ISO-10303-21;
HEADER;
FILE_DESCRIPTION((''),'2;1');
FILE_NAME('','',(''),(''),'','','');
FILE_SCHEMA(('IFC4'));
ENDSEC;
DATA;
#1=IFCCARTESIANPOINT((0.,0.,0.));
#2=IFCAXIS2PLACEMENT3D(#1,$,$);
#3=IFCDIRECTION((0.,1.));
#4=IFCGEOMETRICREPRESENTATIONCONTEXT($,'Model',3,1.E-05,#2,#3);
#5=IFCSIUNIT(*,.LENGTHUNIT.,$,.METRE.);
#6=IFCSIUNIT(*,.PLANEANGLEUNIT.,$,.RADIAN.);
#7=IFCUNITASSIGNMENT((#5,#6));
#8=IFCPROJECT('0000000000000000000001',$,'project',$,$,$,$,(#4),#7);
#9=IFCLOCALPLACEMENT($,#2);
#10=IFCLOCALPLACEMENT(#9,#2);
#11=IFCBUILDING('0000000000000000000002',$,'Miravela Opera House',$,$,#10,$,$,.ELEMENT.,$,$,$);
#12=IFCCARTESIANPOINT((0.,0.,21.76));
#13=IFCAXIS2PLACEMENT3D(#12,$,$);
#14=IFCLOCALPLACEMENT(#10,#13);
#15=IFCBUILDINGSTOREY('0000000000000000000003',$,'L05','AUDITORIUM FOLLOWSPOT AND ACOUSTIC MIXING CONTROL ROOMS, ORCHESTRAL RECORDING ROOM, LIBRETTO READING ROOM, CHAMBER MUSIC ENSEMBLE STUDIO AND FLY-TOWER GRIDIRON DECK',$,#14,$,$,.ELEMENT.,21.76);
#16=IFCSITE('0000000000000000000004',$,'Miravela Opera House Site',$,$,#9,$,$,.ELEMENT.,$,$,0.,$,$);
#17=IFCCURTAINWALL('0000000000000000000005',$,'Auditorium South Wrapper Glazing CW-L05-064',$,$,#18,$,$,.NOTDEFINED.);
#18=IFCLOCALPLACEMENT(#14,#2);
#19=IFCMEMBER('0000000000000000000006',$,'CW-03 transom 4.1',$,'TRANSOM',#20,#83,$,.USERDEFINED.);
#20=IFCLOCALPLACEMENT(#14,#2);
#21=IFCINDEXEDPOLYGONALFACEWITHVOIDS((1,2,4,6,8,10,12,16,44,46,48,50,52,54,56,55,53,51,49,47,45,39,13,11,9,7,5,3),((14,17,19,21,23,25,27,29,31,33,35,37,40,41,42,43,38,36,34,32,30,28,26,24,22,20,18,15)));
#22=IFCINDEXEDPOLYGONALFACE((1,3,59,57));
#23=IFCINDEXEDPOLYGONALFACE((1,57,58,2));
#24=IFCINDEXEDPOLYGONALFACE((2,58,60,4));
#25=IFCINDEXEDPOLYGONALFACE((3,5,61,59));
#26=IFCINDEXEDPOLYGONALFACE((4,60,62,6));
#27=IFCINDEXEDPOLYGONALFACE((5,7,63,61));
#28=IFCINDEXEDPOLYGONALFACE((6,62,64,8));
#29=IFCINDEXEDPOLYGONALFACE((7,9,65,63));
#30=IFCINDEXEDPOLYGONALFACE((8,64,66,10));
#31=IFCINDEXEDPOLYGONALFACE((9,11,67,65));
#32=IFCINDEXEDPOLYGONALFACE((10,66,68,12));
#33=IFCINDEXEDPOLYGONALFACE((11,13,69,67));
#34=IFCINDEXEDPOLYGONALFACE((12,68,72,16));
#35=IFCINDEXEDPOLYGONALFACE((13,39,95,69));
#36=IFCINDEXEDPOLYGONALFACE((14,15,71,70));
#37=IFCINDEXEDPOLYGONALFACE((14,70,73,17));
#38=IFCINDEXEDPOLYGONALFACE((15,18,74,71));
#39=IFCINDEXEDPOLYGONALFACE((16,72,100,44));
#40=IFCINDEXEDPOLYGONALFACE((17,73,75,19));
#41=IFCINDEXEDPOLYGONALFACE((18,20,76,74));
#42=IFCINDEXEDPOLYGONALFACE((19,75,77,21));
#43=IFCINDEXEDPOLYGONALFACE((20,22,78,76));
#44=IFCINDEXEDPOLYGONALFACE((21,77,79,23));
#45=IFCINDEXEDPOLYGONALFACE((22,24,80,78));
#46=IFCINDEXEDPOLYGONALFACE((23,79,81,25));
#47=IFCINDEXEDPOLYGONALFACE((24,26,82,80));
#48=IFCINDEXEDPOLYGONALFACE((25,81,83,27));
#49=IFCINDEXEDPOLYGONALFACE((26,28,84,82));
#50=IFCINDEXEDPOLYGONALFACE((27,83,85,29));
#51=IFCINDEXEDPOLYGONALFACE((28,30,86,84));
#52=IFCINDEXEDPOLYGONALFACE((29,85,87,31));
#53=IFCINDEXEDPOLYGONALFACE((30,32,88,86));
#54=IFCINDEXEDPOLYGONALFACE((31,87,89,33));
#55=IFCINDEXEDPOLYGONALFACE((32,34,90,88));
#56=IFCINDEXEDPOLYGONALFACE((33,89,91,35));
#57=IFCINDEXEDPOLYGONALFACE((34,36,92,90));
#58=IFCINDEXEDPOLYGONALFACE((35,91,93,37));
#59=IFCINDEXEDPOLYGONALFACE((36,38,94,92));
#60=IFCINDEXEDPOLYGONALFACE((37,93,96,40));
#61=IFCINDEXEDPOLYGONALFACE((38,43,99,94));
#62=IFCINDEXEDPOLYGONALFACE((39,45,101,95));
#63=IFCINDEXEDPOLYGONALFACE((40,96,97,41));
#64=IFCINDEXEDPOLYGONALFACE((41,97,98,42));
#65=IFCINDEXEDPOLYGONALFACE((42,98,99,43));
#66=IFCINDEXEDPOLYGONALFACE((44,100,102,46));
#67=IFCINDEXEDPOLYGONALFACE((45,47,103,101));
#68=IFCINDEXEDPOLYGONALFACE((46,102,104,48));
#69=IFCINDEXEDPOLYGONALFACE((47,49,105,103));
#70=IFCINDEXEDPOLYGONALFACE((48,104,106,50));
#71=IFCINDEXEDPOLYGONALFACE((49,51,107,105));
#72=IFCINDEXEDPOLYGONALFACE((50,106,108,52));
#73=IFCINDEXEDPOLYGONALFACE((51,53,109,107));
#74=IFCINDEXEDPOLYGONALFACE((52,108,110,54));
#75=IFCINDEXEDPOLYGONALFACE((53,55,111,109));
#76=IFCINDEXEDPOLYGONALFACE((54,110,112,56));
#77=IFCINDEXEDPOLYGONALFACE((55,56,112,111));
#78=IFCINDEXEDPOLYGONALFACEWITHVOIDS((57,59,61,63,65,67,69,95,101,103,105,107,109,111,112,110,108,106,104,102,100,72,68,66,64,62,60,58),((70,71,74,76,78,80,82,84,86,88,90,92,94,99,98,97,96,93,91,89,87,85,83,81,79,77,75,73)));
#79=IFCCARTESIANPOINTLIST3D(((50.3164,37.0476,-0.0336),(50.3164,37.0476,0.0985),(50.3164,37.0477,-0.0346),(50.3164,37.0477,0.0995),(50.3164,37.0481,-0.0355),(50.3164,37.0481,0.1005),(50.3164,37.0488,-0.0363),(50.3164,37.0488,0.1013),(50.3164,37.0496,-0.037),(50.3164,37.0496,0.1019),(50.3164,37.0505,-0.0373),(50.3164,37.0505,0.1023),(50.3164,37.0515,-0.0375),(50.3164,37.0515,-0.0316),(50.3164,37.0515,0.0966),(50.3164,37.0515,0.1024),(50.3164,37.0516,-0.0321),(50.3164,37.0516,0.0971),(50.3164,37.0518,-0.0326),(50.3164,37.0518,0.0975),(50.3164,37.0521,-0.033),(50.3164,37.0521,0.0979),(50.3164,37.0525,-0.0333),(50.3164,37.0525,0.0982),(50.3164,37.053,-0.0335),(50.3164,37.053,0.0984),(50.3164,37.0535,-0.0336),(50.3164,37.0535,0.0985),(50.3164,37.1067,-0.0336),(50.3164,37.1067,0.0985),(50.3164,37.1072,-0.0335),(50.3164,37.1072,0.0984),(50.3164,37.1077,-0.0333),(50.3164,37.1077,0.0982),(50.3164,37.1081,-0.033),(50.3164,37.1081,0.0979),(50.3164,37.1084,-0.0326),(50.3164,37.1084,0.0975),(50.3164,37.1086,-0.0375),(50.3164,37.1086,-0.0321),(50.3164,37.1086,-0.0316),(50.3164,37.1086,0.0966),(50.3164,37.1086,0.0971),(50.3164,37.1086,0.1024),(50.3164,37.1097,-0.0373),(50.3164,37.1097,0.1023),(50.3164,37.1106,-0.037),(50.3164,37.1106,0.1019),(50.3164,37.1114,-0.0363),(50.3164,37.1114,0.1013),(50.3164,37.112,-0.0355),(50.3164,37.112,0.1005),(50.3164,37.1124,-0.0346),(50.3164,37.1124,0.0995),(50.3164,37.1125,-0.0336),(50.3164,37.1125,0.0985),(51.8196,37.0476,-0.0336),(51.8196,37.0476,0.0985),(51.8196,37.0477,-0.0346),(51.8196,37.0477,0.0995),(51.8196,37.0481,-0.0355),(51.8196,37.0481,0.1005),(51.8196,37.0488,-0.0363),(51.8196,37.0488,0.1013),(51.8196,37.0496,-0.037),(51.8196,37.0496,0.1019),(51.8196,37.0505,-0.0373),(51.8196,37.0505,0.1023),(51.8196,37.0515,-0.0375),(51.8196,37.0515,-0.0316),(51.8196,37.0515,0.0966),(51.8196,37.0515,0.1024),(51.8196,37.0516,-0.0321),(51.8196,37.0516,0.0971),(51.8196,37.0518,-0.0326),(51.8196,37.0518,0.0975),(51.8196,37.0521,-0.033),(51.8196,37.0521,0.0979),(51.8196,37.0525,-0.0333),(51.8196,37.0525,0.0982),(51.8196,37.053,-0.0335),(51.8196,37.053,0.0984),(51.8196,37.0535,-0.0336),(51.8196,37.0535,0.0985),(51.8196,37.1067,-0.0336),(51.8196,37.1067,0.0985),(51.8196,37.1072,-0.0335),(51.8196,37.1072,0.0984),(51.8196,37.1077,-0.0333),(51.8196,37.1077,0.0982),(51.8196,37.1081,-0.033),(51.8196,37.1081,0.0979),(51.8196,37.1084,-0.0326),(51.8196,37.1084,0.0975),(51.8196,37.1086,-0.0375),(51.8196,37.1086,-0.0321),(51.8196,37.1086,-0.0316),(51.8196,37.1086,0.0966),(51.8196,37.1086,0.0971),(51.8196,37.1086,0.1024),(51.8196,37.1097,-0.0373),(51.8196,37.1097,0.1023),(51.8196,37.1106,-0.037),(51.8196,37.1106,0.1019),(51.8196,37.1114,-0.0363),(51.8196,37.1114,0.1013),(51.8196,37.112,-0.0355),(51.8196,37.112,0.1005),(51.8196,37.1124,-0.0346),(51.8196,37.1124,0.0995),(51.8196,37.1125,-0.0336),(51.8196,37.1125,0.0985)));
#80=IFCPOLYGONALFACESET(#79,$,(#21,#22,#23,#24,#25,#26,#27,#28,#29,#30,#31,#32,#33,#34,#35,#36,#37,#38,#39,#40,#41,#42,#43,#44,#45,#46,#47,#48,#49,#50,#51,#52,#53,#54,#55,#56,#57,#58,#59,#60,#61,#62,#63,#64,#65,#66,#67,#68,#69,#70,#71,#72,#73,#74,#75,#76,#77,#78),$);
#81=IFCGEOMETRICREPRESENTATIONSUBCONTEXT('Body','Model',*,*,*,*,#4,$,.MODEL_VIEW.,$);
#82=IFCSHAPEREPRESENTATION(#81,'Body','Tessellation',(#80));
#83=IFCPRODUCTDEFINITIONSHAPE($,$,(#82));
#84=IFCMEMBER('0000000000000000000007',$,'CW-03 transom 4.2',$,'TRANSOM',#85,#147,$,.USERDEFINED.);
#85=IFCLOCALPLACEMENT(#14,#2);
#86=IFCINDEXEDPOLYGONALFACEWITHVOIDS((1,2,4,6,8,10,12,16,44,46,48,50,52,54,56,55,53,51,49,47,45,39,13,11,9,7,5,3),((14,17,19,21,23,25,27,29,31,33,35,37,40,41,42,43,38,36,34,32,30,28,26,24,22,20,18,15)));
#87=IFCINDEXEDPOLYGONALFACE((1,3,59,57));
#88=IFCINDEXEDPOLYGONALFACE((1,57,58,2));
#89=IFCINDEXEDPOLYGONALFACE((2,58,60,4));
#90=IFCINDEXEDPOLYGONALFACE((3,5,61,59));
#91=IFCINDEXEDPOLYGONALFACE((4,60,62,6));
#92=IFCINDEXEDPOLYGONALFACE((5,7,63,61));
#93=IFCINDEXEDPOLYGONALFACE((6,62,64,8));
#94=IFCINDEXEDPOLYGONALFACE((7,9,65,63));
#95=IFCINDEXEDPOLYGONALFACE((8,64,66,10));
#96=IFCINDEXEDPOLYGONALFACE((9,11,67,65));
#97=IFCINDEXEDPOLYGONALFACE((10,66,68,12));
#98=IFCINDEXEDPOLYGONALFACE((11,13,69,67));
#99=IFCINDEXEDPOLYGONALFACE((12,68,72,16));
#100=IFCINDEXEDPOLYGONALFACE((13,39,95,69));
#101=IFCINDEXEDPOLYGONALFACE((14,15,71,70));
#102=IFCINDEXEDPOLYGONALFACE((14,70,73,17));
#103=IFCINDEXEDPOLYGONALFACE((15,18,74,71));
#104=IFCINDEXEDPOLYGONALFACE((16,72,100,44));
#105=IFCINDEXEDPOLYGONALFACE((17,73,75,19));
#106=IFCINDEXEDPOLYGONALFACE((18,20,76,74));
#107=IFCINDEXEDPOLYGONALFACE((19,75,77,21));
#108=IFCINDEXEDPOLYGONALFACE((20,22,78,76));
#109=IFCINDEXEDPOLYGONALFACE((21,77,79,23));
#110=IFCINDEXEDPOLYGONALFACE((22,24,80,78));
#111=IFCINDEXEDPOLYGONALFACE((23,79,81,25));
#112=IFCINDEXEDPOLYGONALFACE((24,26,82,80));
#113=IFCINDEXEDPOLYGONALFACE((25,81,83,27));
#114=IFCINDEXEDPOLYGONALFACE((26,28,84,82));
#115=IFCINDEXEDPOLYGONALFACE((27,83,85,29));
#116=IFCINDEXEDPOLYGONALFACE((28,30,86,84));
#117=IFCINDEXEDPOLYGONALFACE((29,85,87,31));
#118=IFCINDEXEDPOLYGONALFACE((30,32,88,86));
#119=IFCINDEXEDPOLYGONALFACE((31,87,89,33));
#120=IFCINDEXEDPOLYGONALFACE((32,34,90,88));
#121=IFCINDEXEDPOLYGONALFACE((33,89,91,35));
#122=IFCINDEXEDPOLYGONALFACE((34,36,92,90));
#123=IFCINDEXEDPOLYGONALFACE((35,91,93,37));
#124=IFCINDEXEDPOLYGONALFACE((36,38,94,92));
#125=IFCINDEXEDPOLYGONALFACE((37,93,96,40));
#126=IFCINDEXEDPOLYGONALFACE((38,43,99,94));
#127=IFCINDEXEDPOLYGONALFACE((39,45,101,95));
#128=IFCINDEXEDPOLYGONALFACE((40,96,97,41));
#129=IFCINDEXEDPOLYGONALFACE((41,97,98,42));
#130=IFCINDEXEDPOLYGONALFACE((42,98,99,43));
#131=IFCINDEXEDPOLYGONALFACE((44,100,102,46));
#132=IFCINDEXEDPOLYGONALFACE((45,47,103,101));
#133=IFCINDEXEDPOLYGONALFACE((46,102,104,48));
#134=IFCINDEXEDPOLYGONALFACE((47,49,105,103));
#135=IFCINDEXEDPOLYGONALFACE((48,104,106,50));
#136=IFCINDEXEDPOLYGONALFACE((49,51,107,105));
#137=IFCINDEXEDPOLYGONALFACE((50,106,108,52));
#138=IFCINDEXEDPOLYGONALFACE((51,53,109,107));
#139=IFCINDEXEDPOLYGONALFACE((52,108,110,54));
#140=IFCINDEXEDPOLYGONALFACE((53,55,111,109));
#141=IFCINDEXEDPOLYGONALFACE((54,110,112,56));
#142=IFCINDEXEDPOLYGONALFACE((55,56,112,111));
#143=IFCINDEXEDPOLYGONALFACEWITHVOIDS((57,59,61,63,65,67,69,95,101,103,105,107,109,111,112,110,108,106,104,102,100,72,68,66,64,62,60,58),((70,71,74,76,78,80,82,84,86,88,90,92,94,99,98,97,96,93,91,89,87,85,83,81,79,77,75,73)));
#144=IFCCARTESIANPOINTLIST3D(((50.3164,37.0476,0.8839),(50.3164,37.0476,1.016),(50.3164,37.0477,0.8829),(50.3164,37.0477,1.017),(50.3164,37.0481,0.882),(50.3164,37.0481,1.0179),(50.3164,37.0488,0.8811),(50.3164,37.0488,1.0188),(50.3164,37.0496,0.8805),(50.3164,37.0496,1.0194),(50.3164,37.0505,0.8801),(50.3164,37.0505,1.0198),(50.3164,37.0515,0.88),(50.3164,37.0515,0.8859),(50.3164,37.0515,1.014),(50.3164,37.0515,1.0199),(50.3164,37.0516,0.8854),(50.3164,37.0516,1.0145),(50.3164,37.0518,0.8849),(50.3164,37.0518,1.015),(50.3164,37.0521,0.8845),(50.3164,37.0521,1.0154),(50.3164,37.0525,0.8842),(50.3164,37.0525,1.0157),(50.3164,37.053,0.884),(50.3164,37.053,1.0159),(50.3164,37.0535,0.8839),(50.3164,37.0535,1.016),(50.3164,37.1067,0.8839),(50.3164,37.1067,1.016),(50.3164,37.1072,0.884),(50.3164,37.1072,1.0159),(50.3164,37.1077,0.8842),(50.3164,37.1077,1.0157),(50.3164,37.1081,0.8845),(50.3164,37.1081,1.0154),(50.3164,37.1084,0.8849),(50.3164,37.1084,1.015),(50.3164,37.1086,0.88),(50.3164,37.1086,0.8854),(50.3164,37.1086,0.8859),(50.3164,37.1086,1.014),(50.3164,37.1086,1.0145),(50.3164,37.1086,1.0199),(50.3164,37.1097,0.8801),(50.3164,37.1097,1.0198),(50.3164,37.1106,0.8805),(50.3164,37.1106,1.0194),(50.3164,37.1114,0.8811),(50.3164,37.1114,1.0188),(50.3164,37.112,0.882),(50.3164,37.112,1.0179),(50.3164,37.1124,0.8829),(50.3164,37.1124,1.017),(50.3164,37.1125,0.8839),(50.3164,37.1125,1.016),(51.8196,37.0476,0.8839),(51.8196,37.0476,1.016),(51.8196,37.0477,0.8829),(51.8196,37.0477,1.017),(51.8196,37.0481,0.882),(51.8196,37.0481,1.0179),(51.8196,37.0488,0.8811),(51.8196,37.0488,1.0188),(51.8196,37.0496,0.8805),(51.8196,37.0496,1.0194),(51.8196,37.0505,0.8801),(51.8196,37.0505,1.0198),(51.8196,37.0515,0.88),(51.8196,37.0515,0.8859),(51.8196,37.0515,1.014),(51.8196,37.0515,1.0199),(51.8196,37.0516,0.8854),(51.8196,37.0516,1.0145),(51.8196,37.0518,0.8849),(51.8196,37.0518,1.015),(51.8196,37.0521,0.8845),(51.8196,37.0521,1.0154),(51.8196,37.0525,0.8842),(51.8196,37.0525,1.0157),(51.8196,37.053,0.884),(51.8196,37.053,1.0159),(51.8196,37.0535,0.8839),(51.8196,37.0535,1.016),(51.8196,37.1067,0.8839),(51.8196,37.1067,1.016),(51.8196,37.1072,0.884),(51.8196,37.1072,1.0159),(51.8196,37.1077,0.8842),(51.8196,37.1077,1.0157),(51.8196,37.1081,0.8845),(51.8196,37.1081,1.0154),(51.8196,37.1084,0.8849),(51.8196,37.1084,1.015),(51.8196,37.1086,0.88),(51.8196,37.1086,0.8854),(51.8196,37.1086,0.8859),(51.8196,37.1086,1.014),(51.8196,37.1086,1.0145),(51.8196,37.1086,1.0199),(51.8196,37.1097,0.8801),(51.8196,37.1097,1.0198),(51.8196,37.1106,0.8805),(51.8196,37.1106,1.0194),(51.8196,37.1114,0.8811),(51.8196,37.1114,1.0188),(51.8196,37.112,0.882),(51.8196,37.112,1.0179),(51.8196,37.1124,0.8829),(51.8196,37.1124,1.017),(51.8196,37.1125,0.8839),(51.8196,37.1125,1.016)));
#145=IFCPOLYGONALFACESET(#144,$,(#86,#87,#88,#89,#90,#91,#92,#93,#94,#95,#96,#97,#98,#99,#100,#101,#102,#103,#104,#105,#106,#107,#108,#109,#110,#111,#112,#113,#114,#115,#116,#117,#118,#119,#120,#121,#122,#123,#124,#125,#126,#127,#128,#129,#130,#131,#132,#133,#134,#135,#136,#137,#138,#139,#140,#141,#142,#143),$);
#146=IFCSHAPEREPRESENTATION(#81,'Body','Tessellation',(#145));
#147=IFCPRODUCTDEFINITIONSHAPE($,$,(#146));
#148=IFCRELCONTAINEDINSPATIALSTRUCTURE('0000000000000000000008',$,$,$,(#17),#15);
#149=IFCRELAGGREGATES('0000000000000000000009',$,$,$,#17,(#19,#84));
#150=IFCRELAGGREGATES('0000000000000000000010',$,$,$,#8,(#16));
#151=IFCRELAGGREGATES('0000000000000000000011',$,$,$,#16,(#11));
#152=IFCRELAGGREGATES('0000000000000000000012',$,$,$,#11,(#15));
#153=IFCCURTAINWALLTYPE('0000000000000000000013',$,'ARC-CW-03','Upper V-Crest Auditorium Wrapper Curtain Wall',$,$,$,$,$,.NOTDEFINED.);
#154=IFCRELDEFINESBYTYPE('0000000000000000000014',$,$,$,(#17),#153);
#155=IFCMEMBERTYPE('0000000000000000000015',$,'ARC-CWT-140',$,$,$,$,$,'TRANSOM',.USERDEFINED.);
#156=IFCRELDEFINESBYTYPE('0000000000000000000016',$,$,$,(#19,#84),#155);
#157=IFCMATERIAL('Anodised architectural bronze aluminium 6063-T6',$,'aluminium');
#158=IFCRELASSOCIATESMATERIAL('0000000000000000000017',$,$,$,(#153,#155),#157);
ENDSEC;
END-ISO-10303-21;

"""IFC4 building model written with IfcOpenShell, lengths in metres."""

from ifc_helpers import new_model, si_unit, direction, frame, origin, origin_2d, place, context, subcontext, project, spatial, hollow_rectangle, extrude, material, material_profile, profile_set, type_object, element, aggregate, save


model = new_model("IFC4")

# Units and contexts
model_context = context("Model", 3, precision=1e-05, world=origin(), true_north=direction((0.0, 1.0)))
body_context = subcontext(model_context, "Body", "Model", "MODEL_VIEW")
ifc_project = project(units=[si_unit("LENGTHUNIT", "METRE"), si_unit("PLANEANGLEUNIT", "RADIAN")], contexts=[model_context])

# Site, building, storey
site_placement = place(None, origin())
site = spatial("IfcSite", under=ifc_project, at=site_placement, Name="Miravela Opera House Site", CompositionType="ELEMENT", RefElevation=0.0)
building_placement = place(site_placement, origin())
building = spatial("IfcBuilding", under=site, at=building_placement, Name="Miravela Opera House", CompositionType="ELEMENT")
storey_placement = place(building_placement, frame((0.0, 0.0, 21.76)))
storey = spatial("IfcBuildingStorey", under=building, at=storey_placement, Name="L05", Description="AUDITORIUM FOLLOWSPOT AND ACOUSTIC MIXING CONTROL ROOMS, ORCHESTRAL RECORDING ROOM, LIBRETTO READING ROOM, CHAMBER MUSIC ENSEMBLE STUDIO AND FLY-TOWER GRIDIRON DECK", CompositionType="ELEMENT", Elevation=21.76)

# Curtain wall
ifc_material_1 = material(Name="Anodised architectural bronze aluminium 6063-T6", Category="aluminium")
curtain_wall_type = type_object("IfcCurtainWallType", Name="ARC-CW-03", Description="Upper V-Crest Auditorium Wrapper Curtain Wall", PredefinedType="NOTDEFINED", material=ifc_material_1)
curtain_wall_1_placement = place(storey_placement, origin())
curtain_wall_1 = element("IfcCurtainWall", 1, at=curtain_wall_1_placement, inside=storey, type_object=curtain_wall_type, Name="Auditorium South Wrapper Glazing CW-L05-064", PredefinedType="NOTDEFINED")

# Members
ifc_material_profile_1 = material_profile(ifc_material_1, hollow_rectangle(XDim=0.0649, YDim=0.1399, WallThickness=0.0039, InnerFilletRadius=0.002, OuterFilletRadius=0.0039, at=origin_2d()), Name="CWT-65X140")
ifc_profile_set_1 = profile_set([ifc_material_profile_1])
member_type_1 = type_object("IfcMemberType", Name="ARC-CWT-140", ElementType="TRANSOM", PredefinedType="USERDEFINED", material=ifc_profile_set_1)
member_1_placement = place(storey_placement, frame((50.3164, 37.0801, 0.0325), z_axis=(1.0, 0.0, 0.0), x_axis=(0.0, 1.0, 0.0)))
member_1 = element("IfcMember", 2, at=member_1_placement, type_object=member_type_1, Name="CW-03 transom 4.1", ObjectType="TRANSOM", PredefinedType="USERDEFINED", context=body_context, shape_type="SweptSolid", body=[
    extrude(hollow_rectangle(XDim=0.0649, YDim=0.1399, WallThickness=0.0039, InnerFilletRadius=0.002, OuterFilletRadius=0.0039, at=origin_2d()), origin(), (0.0, 0.0, 1.0), 1.5032),
])
member_2_placement = place(storey_placement, frame((50.3164, 37.0801, 0.95), z_axis=(1.0, 0.0, 0.0), x_axis=(0.0, 1.0, 0.0)))
member_2 = element("IfcMember", 3, at=member_2_placement, type_object=member_type_1, Name="CW-03 transom 4.2", ObjectType="TRANSOM", PredefinedType="USERDEFINED", context=body_context, shape_type="SweptSolid", body=[
    extrude(hollow_rectangle(XDim=0.0649, YDim=0.1399, WallThickness=0.0039, InnerFilletRadius=0.002, OuterFilletRadius=0.0039, at=origin_2d()), origin(), (0.0, 0.0, 1.0), 1.5032),
])

aggregate(curtain_wall_1, [member_1, member_2])

save(model, "model.ifc")
